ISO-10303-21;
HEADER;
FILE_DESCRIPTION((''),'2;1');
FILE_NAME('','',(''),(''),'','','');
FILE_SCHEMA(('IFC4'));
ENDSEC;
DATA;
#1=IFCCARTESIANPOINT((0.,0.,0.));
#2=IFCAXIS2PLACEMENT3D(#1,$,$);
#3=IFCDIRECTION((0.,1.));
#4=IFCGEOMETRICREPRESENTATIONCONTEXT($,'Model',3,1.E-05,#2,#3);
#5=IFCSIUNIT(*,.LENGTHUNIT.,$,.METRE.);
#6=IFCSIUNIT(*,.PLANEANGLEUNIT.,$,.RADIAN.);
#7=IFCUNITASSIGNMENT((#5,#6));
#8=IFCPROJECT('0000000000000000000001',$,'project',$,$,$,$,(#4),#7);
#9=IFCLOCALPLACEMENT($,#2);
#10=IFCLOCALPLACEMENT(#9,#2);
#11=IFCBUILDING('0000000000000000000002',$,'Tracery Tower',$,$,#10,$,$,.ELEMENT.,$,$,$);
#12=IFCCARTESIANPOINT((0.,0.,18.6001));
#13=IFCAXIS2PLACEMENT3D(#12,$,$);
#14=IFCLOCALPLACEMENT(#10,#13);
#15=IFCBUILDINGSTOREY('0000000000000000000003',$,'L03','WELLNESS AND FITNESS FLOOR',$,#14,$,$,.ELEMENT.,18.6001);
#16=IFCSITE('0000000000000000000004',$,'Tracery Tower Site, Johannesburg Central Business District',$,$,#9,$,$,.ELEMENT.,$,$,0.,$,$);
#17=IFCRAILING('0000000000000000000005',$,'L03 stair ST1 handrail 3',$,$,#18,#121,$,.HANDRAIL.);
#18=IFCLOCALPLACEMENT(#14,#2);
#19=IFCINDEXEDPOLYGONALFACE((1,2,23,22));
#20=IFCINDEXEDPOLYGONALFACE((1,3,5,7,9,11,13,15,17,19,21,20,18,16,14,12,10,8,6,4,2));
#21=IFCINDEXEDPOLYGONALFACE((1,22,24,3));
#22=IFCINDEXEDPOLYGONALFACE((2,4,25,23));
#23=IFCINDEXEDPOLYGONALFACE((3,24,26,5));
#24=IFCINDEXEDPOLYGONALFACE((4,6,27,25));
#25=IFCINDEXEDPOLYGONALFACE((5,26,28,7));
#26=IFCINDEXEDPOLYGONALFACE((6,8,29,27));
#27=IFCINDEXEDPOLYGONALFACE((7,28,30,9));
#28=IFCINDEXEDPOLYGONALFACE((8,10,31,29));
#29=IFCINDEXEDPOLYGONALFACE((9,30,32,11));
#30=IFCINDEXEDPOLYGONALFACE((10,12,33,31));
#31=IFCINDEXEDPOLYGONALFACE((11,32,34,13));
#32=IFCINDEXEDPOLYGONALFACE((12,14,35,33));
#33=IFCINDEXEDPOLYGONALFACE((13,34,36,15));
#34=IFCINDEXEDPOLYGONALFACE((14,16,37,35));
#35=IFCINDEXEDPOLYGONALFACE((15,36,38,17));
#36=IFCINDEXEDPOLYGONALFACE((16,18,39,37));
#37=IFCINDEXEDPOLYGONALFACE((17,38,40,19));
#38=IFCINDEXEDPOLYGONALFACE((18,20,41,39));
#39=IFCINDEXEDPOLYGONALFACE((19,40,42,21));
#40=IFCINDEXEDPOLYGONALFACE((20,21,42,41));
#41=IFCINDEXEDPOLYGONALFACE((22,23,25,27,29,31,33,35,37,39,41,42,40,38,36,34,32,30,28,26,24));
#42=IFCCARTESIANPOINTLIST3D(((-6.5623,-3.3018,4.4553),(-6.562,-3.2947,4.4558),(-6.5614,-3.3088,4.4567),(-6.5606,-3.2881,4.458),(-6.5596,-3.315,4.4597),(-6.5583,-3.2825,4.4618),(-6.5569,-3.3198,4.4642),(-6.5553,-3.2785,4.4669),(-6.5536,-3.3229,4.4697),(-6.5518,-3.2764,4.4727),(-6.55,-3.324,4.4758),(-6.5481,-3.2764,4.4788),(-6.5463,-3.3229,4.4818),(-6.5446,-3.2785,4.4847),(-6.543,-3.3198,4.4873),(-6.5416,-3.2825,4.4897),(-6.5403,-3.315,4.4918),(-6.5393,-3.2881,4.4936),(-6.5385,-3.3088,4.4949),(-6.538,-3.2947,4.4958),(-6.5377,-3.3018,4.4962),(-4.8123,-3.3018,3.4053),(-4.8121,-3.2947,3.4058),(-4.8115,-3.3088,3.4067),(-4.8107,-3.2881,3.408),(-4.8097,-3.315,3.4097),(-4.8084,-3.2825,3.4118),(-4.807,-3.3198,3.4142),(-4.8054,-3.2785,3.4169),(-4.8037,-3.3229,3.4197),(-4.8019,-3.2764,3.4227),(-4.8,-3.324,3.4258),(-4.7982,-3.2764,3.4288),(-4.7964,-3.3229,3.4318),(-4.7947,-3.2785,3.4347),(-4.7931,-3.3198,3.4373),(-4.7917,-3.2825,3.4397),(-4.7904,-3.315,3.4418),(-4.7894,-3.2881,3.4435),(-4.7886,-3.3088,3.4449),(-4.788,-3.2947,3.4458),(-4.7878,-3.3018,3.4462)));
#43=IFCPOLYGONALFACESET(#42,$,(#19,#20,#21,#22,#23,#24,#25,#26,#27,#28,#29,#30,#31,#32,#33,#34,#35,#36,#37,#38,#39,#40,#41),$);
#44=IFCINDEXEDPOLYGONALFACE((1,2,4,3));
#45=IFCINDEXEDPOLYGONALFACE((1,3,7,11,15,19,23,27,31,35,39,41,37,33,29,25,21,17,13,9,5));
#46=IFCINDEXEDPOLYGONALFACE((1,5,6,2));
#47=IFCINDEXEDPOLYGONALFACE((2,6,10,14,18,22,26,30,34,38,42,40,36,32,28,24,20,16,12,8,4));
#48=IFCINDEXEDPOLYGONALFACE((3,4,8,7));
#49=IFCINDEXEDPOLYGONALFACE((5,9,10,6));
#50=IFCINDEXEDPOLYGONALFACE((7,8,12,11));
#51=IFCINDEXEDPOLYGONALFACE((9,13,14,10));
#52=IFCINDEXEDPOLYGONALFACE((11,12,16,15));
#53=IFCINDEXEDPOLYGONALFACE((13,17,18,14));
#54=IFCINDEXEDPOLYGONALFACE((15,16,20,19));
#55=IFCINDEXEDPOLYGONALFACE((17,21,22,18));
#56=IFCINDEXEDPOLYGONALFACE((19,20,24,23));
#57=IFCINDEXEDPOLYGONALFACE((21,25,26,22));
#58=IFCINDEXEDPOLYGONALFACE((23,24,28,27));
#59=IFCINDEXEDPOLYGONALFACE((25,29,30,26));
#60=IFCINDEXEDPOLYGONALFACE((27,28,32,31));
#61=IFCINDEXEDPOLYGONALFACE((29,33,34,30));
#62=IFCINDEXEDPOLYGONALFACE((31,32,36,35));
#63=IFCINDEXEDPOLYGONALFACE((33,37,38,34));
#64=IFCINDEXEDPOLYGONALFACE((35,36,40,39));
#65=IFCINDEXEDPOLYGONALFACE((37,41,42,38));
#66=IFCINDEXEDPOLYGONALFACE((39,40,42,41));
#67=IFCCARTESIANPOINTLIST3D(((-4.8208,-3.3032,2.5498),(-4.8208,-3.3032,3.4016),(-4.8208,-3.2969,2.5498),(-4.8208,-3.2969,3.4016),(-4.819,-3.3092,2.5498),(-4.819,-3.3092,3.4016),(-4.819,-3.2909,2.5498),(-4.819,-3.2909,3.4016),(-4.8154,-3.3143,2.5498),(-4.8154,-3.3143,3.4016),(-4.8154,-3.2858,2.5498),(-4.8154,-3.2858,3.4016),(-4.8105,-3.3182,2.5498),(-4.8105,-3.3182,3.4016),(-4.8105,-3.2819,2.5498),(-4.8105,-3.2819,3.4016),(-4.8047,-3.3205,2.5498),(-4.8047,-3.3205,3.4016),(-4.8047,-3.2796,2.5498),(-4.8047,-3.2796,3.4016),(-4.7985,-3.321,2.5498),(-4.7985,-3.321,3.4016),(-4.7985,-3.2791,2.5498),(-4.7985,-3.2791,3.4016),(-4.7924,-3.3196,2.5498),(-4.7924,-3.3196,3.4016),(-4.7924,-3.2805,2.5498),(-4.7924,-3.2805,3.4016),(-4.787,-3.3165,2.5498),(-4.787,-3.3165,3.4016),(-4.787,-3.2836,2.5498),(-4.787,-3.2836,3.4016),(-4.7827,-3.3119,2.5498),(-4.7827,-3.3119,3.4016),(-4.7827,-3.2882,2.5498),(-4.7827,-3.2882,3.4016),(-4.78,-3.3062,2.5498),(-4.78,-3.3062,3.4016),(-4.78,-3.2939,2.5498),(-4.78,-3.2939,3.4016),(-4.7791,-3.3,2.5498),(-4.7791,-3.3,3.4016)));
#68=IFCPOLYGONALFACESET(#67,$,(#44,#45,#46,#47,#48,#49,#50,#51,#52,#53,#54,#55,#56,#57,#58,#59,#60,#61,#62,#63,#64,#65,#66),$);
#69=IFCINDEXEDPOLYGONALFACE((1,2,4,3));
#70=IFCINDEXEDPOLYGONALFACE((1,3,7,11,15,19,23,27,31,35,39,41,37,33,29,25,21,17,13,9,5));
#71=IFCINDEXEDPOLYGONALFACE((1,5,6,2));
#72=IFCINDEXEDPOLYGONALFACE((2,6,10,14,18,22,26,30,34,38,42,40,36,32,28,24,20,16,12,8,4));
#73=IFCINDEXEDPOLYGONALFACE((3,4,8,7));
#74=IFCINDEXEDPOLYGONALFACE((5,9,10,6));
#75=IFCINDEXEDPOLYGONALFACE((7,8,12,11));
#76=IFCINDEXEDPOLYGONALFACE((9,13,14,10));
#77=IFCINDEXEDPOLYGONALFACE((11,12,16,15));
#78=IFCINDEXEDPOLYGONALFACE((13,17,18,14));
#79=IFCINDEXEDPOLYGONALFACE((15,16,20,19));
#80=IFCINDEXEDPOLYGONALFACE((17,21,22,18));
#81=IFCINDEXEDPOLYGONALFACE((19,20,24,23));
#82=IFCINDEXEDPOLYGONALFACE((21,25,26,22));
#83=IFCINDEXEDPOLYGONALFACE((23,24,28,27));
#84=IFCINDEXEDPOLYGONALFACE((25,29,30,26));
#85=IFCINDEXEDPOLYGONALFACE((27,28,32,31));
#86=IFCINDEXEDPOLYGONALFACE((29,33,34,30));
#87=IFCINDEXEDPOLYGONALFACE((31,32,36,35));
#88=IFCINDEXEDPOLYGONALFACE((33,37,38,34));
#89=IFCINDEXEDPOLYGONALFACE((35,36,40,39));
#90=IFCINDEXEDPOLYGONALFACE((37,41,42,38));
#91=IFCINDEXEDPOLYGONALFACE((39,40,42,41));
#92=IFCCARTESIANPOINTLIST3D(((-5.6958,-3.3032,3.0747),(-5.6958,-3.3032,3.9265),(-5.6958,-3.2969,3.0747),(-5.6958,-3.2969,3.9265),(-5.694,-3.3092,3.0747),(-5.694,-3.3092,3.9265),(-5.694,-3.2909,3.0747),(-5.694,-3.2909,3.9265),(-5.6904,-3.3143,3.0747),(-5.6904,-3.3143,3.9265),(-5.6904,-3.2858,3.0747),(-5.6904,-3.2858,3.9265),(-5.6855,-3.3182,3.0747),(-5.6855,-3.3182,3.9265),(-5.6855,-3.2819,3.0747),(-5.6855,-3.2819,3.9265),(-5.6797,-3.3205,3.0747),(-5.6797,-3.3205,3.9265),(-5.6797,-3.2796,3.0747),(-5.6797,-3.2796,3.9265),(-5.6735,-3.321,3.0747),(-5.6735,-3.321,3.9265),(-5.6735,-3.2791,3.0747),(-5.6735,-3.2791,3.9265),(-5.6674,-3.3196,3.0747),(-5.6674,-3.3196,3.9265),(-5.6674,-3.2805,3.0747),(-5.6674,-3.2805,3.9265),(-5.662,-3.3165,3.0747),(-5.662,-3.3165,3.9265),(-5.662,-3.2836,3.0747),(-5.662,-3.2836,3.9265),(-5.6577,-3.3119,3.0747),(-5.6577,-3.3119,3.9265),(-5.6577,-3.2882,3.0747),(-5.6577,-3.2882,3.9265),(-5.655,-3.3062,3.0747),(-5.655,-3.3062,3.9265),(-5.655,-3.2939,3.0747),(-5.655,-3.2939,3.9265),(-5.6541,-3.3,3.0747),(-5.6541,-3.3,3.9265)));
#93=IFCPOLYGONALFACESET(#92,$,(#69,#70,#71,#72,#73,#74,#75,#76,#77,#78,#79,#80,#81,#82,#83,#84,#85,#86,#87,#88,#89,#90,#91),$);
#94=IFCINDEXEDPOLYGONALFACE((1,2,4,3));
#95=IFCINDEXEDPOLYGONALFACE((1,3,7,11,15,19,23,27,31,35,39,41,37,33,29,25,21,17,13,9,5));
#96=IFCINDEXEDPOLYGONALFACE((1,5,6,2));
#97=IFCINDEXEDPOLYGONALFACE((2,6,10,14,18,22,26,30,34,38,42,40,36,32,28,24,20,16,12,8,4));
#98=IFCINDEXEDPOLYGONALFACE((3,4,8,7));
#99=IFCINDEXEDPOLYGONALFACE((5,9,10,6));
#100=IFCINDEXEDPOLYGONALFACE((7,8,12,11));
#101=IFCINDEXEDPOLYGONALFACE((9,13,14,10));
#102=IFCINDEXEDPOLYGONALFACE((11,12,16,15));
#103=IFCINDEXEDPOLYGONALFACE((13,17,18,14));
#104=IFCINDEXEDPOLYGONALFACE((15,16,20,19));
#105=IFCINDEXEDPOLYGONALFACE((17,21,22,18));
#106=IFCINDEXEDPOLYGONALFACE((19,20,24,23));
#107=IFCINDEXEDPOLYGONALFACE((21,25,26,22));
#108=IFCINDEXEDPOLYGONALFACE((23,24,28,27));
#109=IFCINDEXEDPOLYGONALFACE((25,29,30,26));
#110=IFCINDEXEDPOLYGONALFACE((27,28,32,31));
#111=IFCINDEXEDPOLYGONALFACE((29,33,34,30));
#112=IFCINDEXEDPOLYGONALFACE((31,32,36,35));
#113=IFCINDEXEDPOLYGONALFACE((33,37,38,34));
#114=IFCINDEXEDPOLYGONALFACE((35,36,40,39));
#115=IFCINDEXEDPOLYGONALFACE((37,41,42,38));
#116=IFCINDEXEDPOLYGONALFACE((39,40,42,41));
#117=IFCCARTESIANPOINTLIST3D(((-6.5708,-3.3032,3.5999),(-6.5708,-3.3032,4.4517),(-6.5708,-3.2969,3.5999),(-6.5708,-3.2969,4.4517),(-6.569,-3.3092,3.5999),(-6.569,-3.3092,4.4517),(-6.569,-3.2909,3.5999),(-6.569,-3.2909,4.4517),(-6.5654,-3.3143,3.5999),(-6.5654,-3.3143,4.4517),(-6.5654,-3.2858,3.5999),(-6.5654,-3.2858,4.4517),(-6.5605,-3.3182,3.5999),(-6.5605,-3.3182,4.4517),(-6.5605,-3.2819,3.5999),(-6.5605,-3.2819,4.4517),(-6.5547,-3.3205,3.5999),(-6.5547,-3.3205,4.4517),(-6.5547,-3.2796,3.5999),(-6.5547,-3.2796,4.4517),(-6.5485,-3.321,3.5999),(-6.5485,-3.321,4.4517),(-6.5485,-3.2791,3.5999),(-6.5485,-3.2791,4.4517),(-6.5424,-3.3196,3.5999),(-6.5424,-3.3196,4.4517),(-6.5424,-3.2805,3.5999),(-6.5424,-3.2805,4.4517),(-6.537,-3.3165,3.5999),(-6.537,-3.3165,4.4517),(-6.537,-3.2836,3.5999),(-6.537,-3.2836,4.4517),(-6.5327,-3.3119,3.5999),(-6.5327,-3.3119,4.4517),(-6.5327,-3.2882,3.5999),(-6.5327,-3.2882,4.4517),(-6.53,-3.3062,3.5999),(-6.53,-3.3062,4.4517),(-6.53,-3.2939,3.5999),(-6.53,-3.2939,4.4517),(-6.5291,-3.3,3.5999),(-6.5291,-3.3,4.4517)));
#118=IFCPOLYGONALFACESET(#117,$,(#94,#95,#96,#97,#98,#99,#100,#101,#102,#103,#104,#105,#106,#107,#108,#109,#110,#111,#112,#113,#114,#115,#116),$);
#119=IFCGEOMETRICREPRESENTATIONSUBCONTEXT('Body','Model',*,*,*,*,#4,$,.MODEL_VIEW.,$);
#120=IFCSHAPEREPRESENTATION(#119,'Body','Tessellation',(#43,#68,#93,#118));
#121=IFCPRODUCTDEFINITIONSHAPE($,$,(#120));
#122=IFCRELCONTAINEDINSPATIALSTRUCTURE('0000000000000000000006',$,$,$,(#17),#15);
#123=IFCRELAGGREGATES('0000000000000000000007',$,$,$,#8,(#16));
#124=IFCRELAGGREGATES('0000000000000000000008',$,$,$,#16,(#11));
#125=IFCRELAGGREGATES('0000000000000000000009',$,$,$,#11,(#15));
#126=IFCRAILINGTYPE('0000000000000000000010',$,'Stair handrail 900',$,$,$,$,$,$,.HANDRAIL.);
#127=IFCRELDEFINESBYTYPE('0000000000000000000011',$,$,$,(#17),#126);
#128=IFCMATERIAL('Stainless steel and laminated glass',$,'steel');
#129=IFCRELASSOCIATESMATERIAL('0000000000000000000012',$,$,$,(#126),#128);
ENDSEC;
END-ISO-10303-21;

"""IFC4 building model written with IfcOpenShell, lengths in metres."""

from ifc_helpers import new_model, si_unit, direction, frame, origin, origin_2d, place, context, subcontext, project, spatial, circle, extrude, material, type_object, element, save


model = new_model("IFC4")

# Units and contexts
model_context = context("Model", 3, precision=1e-05, world=origin(), true_north=direction((0.0, 1.0)))
body_context = subcontext(model_context, "Body", "Model", "MODEL_VIEW")
ifc_project = project(units=[si_unit("LENGTHUNIT", "METRE"), si_unit("PLANEANGLEUNIT", "RADIAN")], contexts=[model_context])

# Site, building, storey
site_placement = place(None, origin())
site = spatial("IfcSite", under=ifc_project, at=site_placement, Name="Tracery Tower Site, Johannesburg Central Business District", CompositionType="ELEMENT", RefElevation=0.0)
building_placement = place(site_placement, origin())
building = spatial("IfcBuilding", under=site, at=building_placement, Name="Tracery Tower", CompositionType="ELEMENT")
storey_placement = place(building_placement, frame((0.0, 0.0, 18.6001)))
storey = spatial("IfcBuildingStorey", under=building, at=storey_placement, Name="L03", Description="WELLNESS AND FITNESS FLOOR", CompositionType="ELEMENT", Elevation=18.6001)

# Railing
ifc_material_1 = material(Name="Stainless steel and laminated glass", Category="steel")
railing_type_1 = type_object("IfcRailingType", Name="Stair handrail 900", PredefinedType="HANDRAIL", material=ifc_material_1)
railing_1_placement = place(storey_placement, frame((-4.8, -3.3, 2.5498)))
element("IfcRailing", 1, at=railing_1_placement, inside=storey, type_object=railing_type_1, Name="L03 stair ST1 handrail 3", PredefinedType="HANDRAIL", context=body_context, shape_type="SweptSolid", body=[
    extrude(circle(Radius=0.0239, at=origin_2d()), frame((0.0, 0.0, 0.876), z_axis=(-0.857482, 0.0, 0.514513), x_axis=(0.0, -1.0, 0.0)), (0.0, 0.0, 1.0), 2.0408),
    extrude(circle(Radius=0.021, at=origin_2d()), origin(), (0.0, 0.0, 1.0), 0.8518),
    extrude(circle(Radius=0.021, at=origin_2d()), frame((-0.875, 0.0, 0.5249)), (0.0, 0.0, 1.0), 0.8518),
    extrude(circle(Radius=0.021, at=origin_2d()), frame((-1.75, 0.0, 1.05)), (0.0, 0.0, 1.0), 0.8518),
])

save(model, "model.ifc")
